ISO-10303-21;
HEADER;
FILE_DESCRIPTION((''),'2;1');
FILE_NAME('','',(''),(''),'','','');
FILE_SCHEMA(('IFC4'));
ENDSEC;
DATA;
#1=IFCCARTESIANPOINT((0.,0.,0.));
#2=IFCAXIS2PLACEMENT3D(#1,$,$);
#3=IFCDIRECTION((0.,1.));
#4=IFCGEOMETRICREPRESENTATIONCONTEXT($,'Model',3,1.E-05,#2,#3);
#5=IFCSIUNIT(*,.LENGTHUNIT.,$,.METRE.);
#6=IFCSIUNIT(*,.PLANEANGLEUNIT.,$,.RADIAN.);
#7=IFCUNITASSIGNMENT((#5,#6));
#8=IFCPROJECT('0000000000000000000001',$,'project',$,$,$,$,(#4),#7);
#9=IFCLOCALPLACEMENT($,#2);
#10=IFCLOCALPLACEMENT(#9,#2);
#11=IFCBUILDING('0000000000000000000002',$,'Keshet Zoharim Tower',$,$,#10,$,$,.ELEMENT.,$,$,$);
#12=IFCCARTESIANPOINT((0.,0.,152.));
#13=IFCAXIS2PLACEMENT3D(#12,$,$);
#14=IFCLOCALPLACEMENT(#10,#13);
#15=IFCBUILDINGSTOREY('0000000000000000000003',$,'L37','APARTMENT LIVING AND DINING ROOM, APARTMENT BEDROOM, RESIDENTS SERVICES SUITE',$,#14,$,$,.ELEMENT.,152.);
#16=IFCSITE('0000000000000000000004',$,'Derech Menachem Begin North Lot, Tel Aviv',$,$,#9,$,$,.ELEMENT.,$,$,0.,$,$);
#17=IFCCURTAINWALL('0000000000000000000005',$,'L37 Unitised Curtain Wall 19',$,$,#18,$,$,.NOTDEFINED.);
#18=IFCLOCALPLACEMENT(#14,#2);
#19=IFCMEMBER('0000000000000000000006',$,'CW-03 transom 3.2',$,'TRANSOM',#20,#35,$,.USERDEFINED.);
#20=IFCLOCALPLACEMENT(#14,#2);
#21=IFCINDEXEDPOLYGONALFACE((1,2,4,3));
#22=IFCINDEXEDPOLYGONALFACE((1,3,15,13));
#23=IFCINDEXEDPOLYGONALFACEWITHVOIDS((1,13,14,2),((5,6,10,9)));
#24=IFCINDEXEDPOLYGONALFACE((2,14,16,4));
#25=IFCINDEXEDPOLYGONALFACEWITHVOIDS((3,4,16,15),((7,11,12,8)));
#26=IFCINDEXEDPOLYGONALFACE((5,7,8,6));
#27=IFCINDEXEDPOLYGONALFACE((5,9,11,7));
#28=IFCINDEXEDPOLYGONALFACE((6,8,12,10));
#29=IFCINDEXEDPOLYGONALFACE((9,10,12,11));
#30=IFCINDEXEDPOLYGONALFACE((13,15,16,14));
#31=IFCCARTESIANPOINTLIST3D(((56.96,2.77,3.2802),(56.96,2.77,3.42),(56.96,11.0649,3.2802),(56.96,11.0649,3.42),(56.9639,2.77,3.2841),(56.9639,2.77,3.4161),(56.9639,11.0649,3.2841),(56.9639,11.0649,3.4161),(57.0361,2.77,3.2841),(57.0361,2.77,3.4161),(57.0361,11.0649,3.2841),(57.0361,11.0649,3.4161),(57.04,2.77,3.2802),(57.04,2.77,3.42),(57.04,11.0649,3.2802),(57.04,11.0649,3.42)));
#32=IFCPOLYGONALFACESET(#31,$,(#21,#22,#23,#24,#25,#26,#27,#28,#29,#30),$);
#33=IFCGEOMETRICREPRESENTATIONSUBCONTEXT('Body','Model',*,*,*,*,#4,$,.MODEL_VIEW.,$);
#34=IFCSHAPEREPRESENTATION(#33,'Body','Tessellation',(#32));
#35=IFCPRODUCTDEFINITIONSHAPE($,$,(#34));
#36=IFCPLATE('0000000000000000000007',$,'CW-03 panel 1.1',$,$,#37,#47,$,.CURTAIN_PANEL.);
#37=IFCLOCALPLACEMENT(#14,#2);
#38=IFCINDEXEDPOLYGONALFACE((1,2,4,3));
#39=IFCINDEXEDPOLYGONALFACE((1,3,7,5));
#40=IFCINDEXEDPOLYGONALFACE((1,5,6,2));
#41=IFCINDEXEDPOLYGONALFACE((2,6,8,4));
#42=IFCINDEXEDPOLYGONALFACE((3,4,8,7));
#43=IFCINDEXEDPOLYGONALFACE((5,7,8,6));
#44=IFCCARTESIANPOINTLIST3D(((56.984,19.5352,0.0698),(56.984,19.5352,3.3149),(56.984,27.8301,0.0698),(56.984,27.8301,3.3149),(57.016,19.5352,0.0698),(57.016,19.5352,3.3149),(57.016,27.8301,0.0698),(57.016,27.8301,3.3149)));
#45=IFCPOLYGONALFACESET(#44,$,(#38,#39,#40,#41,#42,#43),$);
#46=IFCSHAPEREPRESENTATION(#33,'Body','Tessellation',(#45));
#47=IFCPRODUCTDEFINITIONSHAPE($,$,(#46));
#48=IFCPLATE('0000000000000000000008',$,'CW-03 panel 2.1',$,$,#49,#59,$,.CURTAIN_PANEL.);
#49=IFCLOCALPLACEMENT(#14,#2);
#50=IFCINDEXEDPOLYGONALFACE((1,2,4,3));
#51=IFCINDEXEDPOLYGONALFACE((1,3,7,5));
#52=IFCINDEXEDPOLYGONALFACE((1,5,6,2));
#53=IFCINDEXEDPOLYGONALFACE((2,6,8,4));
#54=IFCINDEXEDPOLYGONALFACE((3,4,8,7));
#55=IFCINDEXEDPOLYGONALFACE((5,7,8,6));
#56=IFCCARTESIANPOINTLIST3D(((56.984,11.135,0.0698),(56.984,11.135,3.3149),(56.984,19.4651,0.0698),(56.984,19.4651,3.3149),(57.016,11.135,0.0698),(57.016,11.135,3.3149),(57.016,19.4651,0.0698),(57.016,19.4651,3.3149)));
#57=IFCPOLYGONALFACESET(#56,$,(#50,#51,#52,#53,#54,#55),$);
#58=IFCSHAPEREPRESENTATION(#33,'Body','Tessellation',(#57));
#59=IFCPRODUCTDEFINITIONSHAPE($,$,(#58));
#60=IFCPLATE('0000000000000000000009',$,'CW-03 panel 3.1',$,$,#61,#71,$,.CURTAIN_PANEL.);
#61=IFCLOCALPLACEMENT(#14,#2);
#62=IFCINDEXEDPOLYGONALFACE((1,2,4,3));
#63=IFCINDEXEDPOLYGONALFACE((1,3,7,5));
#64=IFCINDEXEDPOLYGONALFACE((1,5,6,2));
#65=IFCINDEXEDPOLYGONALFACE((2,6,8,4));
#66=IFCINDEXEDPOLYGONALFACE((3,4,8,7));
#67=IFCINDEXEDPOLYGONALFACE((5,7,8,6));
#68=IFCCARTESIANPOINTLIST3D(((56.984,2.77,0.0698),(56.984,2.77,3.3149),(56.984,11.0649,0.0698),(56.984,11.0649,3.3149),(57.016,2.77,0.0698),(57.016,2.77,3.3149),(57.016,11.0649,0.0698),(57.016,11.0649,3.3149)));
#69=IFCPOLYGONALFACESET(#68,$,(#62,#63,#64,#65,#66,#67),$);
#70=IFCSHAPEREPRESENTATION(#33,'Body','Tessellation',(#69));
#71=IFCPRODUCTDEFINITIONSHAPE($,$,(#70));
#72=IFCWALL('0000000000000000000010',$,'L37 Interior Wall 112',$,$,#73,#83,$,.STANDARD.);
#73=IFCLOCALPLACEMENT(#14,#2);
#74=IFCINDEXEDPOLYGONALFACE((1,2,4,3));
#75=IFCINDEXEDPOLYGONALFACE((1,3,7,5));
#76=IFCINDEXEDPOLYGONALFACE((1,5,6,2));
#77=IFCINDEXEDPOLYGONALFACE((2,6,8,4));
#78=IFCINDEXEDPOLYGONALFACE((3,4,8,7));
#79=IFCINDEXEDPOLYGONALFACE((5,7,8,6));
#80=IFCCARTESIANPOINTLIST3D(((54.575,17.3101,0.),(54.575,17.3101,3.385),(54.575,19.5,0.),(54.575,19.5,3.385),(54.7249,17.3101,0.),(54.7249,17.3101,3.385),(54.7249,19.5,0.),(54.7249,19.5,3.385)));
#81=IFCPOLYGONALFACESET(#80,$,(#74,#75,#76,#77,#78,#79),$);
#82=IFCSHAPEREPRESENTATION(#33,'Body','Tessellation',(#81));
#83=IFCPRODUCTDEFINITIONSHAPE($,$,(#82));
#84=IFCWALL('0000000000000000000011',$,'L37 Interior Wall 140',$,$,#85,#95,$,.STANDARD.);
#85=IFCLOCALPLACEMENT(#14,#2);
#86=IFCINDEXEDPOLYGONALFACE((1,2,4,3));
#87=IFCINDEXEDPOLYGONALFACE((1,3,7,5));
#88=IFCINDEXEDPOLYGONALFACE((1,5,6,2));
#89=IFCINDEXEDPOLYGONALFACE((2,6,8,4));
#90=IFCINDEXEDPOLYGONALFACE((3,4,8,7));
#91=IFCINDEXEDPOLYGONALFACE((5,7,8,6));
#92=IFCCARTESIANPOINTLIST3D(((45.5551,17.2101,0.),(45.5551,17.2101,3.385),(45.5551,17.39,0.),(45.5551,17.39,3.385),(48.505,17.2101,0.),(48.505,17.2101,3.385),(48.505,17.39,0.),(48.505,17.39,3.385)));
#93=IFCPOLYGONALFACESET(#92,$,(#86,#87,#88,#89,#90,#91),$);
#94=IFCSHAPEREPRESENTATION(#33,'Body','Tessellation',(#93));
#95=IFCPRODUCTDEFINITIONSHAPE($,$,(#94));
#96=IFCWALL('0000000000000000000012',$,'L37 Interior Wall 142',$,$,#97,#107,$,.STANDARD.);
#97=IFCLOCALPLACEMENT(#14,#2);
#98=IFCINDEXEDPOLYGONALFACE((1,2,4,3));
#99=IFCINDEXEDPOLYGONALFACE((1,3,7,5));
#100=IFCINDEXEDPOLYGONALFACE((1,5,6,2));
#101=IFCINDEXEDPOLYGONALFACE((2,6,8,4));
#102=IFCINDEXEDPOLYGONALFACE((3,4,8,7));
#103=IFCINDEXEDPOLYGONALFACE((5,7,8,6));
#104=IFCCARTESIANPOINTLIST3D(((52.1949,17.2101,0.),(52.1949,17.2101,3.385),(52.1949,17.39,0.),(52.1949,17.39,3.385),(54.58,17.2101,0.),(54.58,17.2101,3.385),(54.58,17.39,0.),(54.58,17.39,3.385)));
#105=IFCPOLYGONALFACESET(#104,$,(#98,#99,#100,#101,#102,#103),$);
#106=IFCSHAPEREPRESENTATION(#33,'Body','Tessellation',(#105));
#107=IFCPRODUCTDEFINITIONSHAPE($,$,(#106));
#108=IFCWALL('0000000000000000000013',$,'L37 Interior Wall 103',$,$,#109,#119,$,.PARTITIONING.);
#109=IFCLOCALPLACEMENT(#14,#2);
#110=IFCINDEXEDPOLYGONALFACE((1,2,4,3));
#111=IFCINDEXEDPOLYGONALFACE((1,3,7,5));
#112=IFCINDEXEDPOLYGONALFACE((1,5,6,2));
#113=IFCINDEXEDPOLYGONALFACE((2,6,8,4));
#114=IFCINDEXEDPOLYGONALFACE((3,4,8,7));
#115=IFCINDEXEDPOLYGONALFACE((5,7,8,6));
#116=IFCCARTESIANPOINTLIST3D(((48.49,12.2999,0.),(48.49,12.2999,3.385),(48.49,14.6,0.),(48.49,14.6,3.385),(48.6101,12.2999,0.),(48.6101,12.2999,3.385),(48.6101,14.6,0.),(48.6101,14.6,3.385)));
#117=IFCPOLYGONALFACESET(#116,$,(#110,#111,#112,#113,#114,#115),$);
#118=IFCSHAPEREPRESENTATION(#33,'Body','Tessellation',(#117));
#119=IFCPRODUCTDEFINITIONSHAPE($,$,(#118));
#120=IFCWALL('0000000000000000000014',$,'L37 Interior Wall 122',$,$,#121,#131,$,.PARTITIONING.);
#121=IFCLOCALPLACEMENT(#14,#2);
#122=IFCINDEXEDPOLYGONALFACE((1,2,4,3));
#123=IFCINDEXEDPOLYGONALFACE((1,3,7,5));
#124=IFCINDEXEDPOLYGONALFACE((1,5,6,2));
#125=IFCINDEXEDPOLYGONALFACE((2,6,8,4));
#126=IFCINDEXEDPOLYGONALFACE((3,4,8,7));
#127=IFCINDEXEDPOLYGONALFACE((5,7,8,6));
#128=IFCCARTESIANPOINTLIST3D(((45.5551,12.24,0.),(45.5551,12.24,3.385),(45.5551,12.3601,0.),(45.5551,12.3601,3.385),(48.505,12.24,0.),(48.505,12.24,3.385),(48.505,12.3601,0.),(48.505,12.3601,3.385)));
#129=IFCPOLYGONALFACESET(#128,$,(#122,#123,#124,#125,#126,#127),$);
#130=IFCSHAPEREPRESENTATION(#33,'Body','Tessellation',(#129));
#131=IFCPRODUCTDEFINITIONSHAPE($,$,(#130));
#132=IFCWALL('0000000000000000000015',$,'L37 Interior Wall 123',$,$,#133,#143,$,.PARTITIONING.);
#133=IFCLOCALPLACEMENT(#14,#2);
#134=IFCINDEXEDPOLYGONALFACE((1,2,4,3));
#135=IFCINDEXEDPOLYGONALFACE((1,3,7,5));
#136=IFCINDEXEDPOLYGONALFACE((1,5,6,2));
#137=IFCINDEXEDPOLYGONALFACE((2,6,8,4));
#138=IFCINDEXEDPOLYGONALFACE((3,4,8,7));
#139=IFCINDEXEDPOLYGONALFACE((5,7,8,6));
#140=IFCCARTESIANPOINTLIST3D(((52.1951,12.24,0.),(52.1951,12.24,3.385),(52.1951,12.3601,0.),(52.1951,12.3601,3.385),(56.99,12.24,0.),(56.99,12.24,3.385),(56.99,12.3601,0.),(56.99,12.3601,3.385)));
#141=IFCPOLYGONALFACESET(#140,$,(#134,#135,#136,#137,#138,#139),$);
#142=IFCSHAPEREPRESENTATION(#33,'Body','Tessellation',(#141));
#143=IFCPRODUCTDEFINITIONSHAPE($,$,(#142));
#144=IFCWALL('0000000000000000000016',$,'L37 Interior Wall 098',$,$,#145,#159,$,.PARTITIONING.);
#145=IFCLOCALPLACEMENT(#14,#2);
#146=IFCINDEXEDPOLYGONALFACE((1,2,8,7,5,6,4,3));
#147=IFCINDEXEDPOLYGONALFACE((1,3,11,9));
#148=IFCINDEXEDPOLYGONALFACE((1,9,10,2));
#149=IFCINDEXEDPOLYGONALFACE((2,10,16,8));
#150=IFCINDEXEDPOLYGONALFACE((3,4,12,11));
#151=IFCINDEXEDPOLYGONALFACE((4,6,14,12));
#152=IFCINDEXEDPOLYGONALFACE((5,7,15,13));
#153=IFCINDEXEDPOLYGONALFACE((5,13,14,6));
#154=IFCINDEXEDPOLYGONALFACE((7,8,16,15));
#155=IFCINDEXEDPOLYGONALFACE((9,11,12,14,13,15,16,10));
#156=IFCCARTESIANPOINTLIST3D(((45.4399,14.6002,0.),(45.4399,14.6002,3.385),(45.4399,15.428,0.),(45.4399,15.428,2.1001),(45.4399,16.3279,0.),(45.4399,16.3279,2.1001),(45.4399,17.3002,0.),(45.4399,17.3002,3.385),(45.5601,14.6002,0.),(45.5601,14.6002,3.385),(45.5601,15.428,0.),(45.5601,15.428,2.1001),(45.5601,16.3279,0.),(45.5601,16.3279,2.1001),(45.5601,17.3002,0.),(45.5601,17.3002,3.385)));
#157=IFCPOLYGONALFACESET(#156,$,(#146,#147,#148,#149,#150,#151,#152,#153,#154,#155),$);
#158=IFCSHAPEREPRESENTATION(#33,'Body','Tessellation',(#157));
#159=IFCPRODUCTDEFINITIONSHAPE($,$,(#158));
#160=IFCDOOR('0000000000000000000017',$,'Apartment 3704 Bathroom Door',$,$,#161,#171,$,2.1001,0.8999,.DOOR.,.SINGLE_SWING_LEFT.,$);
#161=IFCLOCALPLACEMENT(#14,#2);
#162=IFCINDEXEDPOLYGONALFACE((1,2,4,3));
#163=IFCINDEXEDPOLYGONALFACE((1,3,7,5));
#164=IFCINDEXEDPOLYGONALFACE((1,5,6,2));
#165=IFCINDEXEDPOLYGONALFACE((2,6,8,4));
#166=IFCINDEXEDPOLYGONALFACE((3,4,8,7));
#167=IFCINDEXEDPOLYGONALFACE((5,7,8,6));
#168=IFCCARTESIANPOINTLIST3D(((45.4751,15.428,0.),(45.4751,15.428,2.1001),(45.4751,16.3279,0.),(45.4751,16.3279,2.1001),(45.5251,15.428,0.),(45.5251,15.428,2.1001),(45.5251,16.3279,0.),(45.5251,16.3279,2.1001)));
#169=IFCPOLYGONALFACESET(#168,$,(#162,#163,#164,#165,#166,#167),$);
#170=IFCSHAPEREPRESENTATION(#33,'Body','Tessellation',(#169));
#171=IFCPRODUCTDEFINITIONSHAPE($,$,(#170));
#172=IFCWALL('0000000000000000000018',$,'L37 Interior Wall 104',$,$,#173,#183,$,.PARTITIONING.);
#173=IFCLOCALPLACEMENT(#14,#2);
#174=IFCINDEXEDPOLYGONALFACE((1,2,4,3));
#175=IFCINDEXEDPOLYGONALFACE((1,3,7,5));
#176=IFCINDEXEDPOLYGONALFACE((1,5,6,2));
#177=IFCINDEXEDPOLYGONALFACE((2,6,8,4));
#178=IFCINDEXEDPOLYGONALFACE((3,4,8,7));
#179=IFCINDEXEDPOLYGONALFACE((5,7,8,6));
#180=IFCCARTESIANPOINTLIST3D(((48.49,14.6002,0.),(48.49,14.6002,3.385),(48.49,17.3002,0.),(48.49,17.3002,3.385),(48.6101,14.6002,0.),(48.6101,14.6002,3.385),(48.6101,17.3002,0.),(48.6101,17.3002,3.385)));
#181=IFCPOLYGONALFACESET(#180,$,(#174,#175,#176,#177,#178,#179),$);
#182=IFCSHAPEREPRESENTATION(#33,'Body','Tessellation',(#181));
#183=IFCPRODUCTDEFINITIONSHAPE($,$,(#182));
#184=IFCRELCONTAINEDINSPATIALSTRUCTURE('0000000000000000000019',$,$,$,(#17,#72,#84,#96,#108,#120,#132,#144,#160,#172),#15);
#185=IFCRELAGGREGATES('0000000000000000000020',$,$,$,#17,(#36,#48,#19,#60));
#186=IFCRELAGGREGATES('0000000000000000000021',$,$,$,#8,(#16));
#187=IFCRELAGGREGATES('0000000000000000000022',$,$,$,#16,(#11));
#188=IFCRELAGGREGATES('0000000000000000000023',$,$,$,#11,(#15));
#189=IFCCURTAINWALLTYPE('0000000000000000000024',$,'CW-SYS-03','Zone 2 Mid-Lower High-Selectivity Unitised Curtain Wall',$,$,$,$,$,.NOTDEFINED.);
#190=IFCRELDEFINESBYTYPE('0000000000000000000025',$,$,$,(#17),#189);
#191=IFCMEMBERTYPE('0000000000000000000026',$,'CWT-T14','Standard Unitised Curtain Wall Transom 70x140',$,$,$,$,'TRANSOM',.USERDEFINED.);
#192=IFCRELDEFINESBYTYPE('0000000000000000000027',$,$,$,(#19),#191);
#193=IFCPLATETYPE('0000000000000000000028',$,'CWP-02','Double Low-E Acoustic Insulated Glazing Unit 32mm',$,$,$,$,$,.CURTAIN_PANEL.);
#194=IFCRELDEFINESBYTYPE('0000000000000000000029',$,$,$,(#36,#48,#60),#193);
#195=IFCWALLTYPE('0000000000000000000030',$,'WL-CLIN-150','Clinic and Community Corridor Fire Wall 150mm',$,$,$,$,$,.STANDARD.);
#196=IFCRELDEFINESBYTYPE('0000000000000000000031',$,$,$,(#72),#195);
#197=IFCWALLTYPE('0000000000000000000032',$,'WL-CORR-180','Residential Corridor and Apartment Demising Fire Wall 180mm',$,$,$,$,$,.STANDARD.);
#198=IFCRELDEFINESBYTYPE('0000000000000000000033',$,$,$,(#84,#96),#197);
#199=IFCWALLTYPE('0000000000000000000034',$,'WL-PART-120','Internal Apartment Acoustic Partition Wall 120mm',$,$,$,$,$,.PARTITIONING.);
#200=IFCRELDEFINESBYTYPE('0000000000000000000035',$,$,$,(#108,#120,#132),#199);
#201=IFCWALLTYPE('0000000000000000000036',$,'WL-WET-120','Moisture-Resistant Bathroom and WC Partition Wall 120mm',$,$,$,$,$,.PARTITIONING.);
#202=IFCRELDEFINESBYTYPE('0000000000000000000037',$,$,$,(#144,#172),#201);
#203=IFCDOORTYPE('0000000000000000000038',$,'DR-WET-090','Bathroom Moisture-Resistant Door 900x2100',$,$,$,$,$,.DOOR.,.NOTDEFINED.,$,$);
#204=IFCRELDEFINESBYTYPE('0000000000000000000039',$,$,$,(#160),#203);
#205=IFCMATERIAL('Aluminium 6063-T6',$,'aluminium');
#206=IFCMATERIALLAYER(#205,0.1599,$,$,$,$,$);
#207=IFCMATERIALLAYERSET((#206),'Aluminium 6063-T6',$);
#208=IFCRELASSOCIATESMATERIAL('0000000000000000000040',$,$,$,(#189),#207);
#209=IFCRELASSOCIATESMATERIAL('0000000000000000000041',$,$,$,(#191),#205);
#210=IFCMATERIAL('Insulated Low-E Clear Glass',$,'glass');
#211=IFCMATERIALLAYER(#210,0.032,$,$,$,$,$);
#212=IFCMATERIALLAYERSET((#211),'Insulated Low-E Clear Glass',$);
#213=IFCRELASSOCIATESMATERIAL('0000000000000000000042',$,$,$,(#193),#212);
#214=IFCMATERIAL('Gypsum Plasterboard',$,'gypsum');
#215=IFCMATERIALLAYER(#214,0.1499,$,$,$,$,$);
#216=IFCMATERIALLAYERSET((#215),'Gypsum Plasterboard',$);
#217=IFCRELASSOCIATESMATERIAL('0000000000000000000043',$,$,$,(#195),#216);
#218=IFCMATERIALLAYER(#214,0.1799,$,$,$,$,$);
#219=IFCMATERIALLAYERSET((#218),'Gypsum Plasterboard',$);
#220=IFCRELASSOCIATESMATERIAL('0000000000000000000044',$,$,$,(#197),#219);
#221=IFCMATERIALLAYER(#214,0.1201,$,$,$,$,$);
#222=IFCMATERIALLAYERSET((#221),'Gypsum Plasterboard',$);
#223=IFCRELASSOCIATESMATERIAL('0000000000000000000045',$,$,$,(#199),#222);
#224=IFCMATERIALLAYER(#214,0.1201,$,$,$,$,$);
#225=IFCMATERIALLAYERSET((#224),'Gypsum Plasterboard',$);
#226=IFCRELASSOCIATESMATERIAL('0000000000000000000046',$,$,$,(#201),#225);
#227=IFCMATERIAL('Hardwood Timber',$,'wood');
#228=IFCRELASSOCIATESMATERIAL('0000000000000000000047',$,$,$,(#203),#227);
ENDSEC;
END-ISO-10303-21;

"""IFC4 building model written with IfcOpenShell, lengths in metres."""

from ifc_helpers import new_model, si_unit, direction, frame, frame_2d, origin, origin_2d, place, context, subcontext, project, spatial, rectangle, hollow_rectangle, extrude, material, layer, layer_set, material_profile, profile_set, type_object, element, fill, aggregate, save


model = new_model("IFC4")

# Units and contexts
model_context = context("Model", 3, precision=1e-05, world=origin(), true_north=direction((0.0, 1.0)))
body_context = subcontext(model_context, "Body", "Model", "MODEL_VIEW")
ifc_project = project(units=[si_unit("LENGTHUNIT", "METRE"), si_unit("PLANEANGLEUNIT", "RADIAN")], contexts=[model_context])

# Site, building, storey
site_placement = place(None, origin())
site = spatial("IfcSite", under=ifc_project, at=site_placement, Name="Derech Menachem Begin North Lot, Tel Aviv", CompositionType="ELEMENT", RefElevation=0.0)
building_placement = place(site_placement, origin())
building = spatial("IfcBuilding", under=site, at=building_placement, Name="Keshet Zoharim Tower", CompositionType="ELEMENT")
storey_placement = place(building_placement, frame((0.0, 0.0, 152.0)))
storey = spatial("IfcBuildingStorey", under=building, at=storey_placement, Name="L37", Description="APARTMENT LIVING AND DINING ROOM, APARTMENT BEDROOM, RESIDENTS SERVICES SUITE", CompositionType="ELEMENT", Elevation=152.0)

# Curtain wall, member, plates
ifc_material_1 = material(Name="Aluminium 6063-T6", Category="aluminium")
ifc_layer_1 = layer(ifc_material_1, 0.1599)
ifc_layer_set_1 = layer_set([ifc_layer_1], Name="Aluminium 6063-T6")
curtain_wall_type = type_object("IfcCurtainWallType", Name="CW-SYS-03", Description="Zone 2 Mid-Lower High-Selectivity Unitised Curtain Wall", PredefinedType="NOTDEFINED", material=ifc_layer_set_1)
curtain_wall_placement = place(storey_placement, origin())
curtain_wall = element("IfcCurtainWall", 1, at=curtain_wall_placement, inside=storey, type_object=curtain_wall_type, Name="L37 Unitised Curtain Wall 19", PredefinedType="NOTDEFINED")
ifc_material_profile_1 = material_profile(ifc_material_1, hollow_rectangle(XDim=0.0801, YDim=0.1399, WallThickness=0.0039, at=origin_2d()), Name="TRN-80x140")
ifc_profile_set_1 = profile_set([ifc_material_profile_1], Name="Aluminium 6063-T6")
member_type_1 = type_object("IfcMemberType", Name="CWT-T14", Description="Standard Unitised Curtain Wall Transom 70x140", ElementType="TRANSOM", PredefinedType="USERDEFINED", material=ifc_profile_set_1)
member_1_placement = place(storey_placement, frame((57.0, 11.0649, 3.3501), z_axis=(0.0, -1.0, 0.0), x_axis=(1.0, 0.0, 0.0)))
member_1 = element("IfcMember", 2, at=member_1_placement, type_object=member_type_1, Name="CW-03 transom 3.2", ObjectType="TRANSOM", PredefinedType="USERDEFINED", context=body_context, shape_type="SweptSolid", body=[
    extrude(hollow_rectangle(XDim=0.0801, YDim=0.1399, WallThickness=0.0039, at=origin_2d()), origin(), (0.0, 0.0, 1.0), 8.2949),
])
ifc_material_2 = material(Name="Insulated Low-E Clear Glass", Category="glass")
ifc_layer_2 = layer(ifc_material_2, 0.032)
ifc_layer_set_2 = layer_set([ifc_layer_2], Name="Insulated Low-E Clear Glass")
plate_type = type_object("IfcPlateType", Name="CWP-02", Description="Double Low-E Acoustic Insulated Glazing Unit 32mm", PredefinedType="CURTAIN_PANEL", material=ifc_layer_set_2)
plate_1_placement = place(storey_placement, frame((57.0, 23.6826, 0.0698), z_axis=(0.0, 0.0, 1.0), x_axis=(0.0, -1.0, 0.0)))
plate_1 = element("IfcPlate", 3, at=plate_1_placement, type_object=plate_type, Name="CW-03 panel 1.1", PredefinedType="CURTAIN_PANEL", context=body_context, shape_type="SweptSolid", body=[
    extrude(rectangle(XDim=8.2949, YDim=0.032, at=origin_2d()), origin(), (0.0, 0.0, 1.0), 3.2451),
])
plate_2_placement = place(storey_placement, frame((57.0, 15.3, 0.0698), z_axis=(0.0, 0.0, 1.0), x_axis=(0.0, -1.0, 0.0)))
plate_2 = element("IfcPlate", 4, at=plate_2_placement, type_object=plate_type, Name="CW-03 panel 2.1", PredefinedType="CURTAIN_PANEL", context=body_context, shape_type="SweptSolid", body=[
    extrude(rectangle(XDim=8.3301, YDim=0.032, at=origin_2d()), origin(), (0.0, 0.0, 1.0), 3.2451),
])
plate_3_placement = place(storey_placement, frame((57.0, 6.9175, 0.0698), z_axis=(0.0, 0.0, 1.0), x_axis=(0.0, -1.0, 0.0)))
plate_3 = element("IfcPlate", 5, at=plate_3_placement, type_object=plate_type, Name="CW-03 panel 3.1", PredefinedType="CURTAIN_PANEL", context=body_context, shape_type="SweptSolid", body=[
    extrude(rectangle(XDim=8.2949, YDim=0.032, at=origin_2d()), origin(), (0.0, 0.0, 1.0), 3.2451),
])
aggregate(curtain_wall, [plate_1, plate_2, member_1, plate_3])

# Walls
ifc_material_3 = material(Name="Gypsum Plasterboard", Category="gypsum")
ifc_layer_3 = layer(ifc_material_3, 0.1499)
ifc_layer_set_3 = layer_set([ifc_layer_3], Name="Gypsum Plasterboard")
wall_type_1 = type_object("IfcWallType", Name="WL-CLIN-150", Description="Clinic and Community Corridor Fire Wall 150mm", PredefinedType="STANDARD", material=ifc_layer_set_3)
wall_1_placement = place(storey_placement, frame((54.6499, 17.3101, 0.0), z_axis=(0.0, 0.0, 1.0), x_axis=(0.0, 1.0, 0.0)))
element("IfcWall", 6, at=wall_1_placement, inside=storey, type_object=wall_type_1, Name="L37 Interior Wall 112", PredefinedType="STANDARD", context=body_context, shape_type="SweptSolid", body=[
    extrude(rectangle(XDim=2.1899, YDim=0.1499, at=frame_2d((1.095, 0.0))), origin(), (0.0, 0.0, 1.0), 3.385),
])
ifc_layer_4 = layer(ifc_material_3, 0.1799)
ifc_layer_set_4 = layer_set([ifc_layer_4], Name="Gypsum Plasterboard")
wall_type_2 = type_object("IfcWallType", Name="WL-CORR-180", Description="Residential Corridor and Apartment Demising Fire Wall 180mm", PredefinedType="STANDARD", material=ifc_layer_set_4)
wall_2_placement = place(storey_placement, frame((45.5549, 17.3, 0.0), z_axis=(0.0, 0.0, 1.0), x_axis=(1.0, 0.0, 0.0)))
element("IfcWall", 7, at=wall_2_placement, inside=storey, type_object=wall_type_2, Name="L37 Interior Wall 140", PredefinedType="STANDARD", context=body_context, shape_type="SweptSolid", body=[
    extrude(rectangle(XDim=2.95, YDim=0.1799, at=frame_2d((1.4751, 0.0))), origin(), (0.0, 0.0, 1.0), 3.385),
])

# Shared definitions
ifc_material_4 = material(Name="Hardwood Timber", Category="wood")

# Wall
wall_3_placement = place(storey_placement, frame((52.1951, 17.3, 0.0), z_axis=(0.0, 0.0, 1.0), x_axis=(1.0, 0.0, 0.0)))
element("IfcWall", 8, at=wall_3_placement, inside=storey, type_object=wall_type_2, Name="L37 Interior Wall 142", PredefinedType="STANDARD", context=body_context, shape_type="SweptSolid", body=[
    extrude(rectangle(XDim=2.385, YDim=0.1799, at=frame_2d((1.1924, 0.0))), origin(), (0.0, 0.0, 1.0), 3.385),
])

# Shared definitions
ifc_layer_5 = layer(ifc_material_3, 0.1201)
ifc_layer_set_5 = layer_set([ifc_layer_5], Name="Gypsum Plasterboard")
wall_type_3 = type_object("IfcWallType", Name="WL-PART-120", Description="Internal Apartment Acoustic Partition Wall 120mm", PredefinedType="PARTITIONING", material=ifc_layer_set_5)

# Wall
wall_4_placement = place(storey_placement, frame((48.55, 12.3, 0.0), z_axis=(0.0, 0.0, 1.0), x_axis=(0.0, 1.0, 0.0)))
element("IfcWall", 9, at=wall_4_placement, inside=storey, type_object=wall_type_3, Name="L37 Interior Wall 103", PredefinedType="PARTITIONING", context=body_context, shape_type="SweptSolid", body=[
    extrude(rectangle(XDim=2.3, YDim=0.1201, at=frame_2d((1.1499, 0.0))), origin(), (0.0, 0.0, 1.0), 3.385),
])

# Walls
wall_5_placement = place(storey_placement, frame((45.5549, 12.3, 0.0), z_axis=(0.0, 0.0, 1.0), x_axis=(1.0, 0.0, 0.0)))
element("IfcWall", 10, at=wall_5_placement, inside=storey, type_object=wall_type_3, Name="L37 Interior Wall 122", PredefinedType="PARTITIONING", context=body_context, shape_type="SweptSolid", body=[
    extrude(rectangle(XDim=2.95, YDim=0.1201, at=frame_2d((1.4751, 0.0))), origin(), (0.0, 0.0, 1.0), 3.385),
])
wall_6_placement = place(storey_placement, frame((52.1951, 12.3, 0.0), z_axis=(0.0, 0.0, 1.0), x_axis=(1.0, 0.0, 0.0)))
element("IfcWall", 11, at=wall_6_placement, inside=storey, type_object=wall_type_3, Name="L37 Interior Wall 123", PredefinedType="PARTITIONING", context=body_context, shape_type="SweptSolid", body=[
    extrude(rectangle(XDim=4.7949, YDim=0.1201, at=frame_2d((2.3975, 0.0))), origin(), (0.0, 0.0, 1.0), 3.385),
])

# Wall, opening, door
ifc_layer_6 = layer(ifc_material_3, 0.1201)
ifc_layer_set_6 = layer_set([ifc_layer_6], Name="Gypsum Plasterboard")
wall_type_4 = type_object("IfcWallType", Name="WL-WET-120", Description="Moisture-Resistant Bathroom and WC Partition Wall 120mm", PredefinedType="PARTITIONING", material=ifc_layer_set_6)
wall_7_placement = place(storey_placement, frame((45.5, 14.6001, 0.0), z_axis=(0.0, 0.0, 1.0), x_axis=(0.0, 1.0, 0.0)))
wall_7 = element("IfcWall", 12, at=wall_7_placement, inside=storey, type_object=wall_type_4, Name="L37 Interior Wall 098", PredefinedType="PARTITIONING", context=body_context, shape_type="SweptSolid", body=[
    extrude(rectangle(XDim=2.7, YDim=0.1201, at=frame_2d((1.3501, 0.0))), origin(), (0.0, 0.0, 1.0), 3.385),
])
opening_1_placement = place(wall_7_placement, frame((0.8279, 0.0, 0.0)))
opening_1 = element("IfcOpeningElement", 13, at=opening_1_placement, cuts=wall_7, PredefinedType="OPENING", context=body_context, shape_type="SweptSolid", body=[
    extrude(rectangle(XDim=0.8999, YDim=2.1001, at=frame_2d((0.45, 1.05))), frame((0.0, 0.0701, 0.0), z_axis=(0.0, -1.0, 0.0), x_axis=(1.0, 0.0, 0.0)), (0.0, 0.0, 1.0), 0.1401),
])
door_type_1 = type_object("IfcDoorType", Name="DR-WET-090", Description="Bathroom Moisture-Resistant Door 900x2100", OperationType="NOTDEFINED", PredefinedType="DOOR", material=ifc_material_4)
door_1_placement = place(opening_1_placement, origin())
door_1 = element("IfcDoor", 14, at=door_1_placement, inside=storey, type_object=door_type_1, Name="Apartment 3704 Bathroom Door", OperationType="SINGLE_SWING_LEFT", OverallHeight=2.1001, OverallWidth=0.8999, PredefinedType="DOOR", context=body_context, shape_type="SweptSolid", body=[
    extrude(rectangle(XDim=0.8999, YDim=2.1001, at=frame_2d((0.45, 1.05))), frame((0.0, 0.0249, 0.0), z_axis=(0.0, -1.0, 0.0), x_axis=(1.0, 0.0, 0.0)), (0.0, 0.0, 1.0), 0.05),
])
fill(opening_1, door_1)

# Wall
wall_8_placement = place(storey_placement, frame((48.55, 14.6001, 0.0), z_axis=(0.0, 0.0, 1.0), x_axis=(0.0, 1.0, 0.0)))
element("IfcWall", 15, at=wall_8_placement, inside=storey, type_object=wall_type_4, Name="L37 Interior Wall 104", PredefinedType="PARTITIONING", context=body_context, shape_type="SweptSolid", body=[
    extrude(rectangle(XDim=2.7, YDim=0.1201, at=frame_2d((1.3501, 0.0))), origin(), (0.0, 0.0, 1.0), 3.385),
])

save(model, "model.ifc")
